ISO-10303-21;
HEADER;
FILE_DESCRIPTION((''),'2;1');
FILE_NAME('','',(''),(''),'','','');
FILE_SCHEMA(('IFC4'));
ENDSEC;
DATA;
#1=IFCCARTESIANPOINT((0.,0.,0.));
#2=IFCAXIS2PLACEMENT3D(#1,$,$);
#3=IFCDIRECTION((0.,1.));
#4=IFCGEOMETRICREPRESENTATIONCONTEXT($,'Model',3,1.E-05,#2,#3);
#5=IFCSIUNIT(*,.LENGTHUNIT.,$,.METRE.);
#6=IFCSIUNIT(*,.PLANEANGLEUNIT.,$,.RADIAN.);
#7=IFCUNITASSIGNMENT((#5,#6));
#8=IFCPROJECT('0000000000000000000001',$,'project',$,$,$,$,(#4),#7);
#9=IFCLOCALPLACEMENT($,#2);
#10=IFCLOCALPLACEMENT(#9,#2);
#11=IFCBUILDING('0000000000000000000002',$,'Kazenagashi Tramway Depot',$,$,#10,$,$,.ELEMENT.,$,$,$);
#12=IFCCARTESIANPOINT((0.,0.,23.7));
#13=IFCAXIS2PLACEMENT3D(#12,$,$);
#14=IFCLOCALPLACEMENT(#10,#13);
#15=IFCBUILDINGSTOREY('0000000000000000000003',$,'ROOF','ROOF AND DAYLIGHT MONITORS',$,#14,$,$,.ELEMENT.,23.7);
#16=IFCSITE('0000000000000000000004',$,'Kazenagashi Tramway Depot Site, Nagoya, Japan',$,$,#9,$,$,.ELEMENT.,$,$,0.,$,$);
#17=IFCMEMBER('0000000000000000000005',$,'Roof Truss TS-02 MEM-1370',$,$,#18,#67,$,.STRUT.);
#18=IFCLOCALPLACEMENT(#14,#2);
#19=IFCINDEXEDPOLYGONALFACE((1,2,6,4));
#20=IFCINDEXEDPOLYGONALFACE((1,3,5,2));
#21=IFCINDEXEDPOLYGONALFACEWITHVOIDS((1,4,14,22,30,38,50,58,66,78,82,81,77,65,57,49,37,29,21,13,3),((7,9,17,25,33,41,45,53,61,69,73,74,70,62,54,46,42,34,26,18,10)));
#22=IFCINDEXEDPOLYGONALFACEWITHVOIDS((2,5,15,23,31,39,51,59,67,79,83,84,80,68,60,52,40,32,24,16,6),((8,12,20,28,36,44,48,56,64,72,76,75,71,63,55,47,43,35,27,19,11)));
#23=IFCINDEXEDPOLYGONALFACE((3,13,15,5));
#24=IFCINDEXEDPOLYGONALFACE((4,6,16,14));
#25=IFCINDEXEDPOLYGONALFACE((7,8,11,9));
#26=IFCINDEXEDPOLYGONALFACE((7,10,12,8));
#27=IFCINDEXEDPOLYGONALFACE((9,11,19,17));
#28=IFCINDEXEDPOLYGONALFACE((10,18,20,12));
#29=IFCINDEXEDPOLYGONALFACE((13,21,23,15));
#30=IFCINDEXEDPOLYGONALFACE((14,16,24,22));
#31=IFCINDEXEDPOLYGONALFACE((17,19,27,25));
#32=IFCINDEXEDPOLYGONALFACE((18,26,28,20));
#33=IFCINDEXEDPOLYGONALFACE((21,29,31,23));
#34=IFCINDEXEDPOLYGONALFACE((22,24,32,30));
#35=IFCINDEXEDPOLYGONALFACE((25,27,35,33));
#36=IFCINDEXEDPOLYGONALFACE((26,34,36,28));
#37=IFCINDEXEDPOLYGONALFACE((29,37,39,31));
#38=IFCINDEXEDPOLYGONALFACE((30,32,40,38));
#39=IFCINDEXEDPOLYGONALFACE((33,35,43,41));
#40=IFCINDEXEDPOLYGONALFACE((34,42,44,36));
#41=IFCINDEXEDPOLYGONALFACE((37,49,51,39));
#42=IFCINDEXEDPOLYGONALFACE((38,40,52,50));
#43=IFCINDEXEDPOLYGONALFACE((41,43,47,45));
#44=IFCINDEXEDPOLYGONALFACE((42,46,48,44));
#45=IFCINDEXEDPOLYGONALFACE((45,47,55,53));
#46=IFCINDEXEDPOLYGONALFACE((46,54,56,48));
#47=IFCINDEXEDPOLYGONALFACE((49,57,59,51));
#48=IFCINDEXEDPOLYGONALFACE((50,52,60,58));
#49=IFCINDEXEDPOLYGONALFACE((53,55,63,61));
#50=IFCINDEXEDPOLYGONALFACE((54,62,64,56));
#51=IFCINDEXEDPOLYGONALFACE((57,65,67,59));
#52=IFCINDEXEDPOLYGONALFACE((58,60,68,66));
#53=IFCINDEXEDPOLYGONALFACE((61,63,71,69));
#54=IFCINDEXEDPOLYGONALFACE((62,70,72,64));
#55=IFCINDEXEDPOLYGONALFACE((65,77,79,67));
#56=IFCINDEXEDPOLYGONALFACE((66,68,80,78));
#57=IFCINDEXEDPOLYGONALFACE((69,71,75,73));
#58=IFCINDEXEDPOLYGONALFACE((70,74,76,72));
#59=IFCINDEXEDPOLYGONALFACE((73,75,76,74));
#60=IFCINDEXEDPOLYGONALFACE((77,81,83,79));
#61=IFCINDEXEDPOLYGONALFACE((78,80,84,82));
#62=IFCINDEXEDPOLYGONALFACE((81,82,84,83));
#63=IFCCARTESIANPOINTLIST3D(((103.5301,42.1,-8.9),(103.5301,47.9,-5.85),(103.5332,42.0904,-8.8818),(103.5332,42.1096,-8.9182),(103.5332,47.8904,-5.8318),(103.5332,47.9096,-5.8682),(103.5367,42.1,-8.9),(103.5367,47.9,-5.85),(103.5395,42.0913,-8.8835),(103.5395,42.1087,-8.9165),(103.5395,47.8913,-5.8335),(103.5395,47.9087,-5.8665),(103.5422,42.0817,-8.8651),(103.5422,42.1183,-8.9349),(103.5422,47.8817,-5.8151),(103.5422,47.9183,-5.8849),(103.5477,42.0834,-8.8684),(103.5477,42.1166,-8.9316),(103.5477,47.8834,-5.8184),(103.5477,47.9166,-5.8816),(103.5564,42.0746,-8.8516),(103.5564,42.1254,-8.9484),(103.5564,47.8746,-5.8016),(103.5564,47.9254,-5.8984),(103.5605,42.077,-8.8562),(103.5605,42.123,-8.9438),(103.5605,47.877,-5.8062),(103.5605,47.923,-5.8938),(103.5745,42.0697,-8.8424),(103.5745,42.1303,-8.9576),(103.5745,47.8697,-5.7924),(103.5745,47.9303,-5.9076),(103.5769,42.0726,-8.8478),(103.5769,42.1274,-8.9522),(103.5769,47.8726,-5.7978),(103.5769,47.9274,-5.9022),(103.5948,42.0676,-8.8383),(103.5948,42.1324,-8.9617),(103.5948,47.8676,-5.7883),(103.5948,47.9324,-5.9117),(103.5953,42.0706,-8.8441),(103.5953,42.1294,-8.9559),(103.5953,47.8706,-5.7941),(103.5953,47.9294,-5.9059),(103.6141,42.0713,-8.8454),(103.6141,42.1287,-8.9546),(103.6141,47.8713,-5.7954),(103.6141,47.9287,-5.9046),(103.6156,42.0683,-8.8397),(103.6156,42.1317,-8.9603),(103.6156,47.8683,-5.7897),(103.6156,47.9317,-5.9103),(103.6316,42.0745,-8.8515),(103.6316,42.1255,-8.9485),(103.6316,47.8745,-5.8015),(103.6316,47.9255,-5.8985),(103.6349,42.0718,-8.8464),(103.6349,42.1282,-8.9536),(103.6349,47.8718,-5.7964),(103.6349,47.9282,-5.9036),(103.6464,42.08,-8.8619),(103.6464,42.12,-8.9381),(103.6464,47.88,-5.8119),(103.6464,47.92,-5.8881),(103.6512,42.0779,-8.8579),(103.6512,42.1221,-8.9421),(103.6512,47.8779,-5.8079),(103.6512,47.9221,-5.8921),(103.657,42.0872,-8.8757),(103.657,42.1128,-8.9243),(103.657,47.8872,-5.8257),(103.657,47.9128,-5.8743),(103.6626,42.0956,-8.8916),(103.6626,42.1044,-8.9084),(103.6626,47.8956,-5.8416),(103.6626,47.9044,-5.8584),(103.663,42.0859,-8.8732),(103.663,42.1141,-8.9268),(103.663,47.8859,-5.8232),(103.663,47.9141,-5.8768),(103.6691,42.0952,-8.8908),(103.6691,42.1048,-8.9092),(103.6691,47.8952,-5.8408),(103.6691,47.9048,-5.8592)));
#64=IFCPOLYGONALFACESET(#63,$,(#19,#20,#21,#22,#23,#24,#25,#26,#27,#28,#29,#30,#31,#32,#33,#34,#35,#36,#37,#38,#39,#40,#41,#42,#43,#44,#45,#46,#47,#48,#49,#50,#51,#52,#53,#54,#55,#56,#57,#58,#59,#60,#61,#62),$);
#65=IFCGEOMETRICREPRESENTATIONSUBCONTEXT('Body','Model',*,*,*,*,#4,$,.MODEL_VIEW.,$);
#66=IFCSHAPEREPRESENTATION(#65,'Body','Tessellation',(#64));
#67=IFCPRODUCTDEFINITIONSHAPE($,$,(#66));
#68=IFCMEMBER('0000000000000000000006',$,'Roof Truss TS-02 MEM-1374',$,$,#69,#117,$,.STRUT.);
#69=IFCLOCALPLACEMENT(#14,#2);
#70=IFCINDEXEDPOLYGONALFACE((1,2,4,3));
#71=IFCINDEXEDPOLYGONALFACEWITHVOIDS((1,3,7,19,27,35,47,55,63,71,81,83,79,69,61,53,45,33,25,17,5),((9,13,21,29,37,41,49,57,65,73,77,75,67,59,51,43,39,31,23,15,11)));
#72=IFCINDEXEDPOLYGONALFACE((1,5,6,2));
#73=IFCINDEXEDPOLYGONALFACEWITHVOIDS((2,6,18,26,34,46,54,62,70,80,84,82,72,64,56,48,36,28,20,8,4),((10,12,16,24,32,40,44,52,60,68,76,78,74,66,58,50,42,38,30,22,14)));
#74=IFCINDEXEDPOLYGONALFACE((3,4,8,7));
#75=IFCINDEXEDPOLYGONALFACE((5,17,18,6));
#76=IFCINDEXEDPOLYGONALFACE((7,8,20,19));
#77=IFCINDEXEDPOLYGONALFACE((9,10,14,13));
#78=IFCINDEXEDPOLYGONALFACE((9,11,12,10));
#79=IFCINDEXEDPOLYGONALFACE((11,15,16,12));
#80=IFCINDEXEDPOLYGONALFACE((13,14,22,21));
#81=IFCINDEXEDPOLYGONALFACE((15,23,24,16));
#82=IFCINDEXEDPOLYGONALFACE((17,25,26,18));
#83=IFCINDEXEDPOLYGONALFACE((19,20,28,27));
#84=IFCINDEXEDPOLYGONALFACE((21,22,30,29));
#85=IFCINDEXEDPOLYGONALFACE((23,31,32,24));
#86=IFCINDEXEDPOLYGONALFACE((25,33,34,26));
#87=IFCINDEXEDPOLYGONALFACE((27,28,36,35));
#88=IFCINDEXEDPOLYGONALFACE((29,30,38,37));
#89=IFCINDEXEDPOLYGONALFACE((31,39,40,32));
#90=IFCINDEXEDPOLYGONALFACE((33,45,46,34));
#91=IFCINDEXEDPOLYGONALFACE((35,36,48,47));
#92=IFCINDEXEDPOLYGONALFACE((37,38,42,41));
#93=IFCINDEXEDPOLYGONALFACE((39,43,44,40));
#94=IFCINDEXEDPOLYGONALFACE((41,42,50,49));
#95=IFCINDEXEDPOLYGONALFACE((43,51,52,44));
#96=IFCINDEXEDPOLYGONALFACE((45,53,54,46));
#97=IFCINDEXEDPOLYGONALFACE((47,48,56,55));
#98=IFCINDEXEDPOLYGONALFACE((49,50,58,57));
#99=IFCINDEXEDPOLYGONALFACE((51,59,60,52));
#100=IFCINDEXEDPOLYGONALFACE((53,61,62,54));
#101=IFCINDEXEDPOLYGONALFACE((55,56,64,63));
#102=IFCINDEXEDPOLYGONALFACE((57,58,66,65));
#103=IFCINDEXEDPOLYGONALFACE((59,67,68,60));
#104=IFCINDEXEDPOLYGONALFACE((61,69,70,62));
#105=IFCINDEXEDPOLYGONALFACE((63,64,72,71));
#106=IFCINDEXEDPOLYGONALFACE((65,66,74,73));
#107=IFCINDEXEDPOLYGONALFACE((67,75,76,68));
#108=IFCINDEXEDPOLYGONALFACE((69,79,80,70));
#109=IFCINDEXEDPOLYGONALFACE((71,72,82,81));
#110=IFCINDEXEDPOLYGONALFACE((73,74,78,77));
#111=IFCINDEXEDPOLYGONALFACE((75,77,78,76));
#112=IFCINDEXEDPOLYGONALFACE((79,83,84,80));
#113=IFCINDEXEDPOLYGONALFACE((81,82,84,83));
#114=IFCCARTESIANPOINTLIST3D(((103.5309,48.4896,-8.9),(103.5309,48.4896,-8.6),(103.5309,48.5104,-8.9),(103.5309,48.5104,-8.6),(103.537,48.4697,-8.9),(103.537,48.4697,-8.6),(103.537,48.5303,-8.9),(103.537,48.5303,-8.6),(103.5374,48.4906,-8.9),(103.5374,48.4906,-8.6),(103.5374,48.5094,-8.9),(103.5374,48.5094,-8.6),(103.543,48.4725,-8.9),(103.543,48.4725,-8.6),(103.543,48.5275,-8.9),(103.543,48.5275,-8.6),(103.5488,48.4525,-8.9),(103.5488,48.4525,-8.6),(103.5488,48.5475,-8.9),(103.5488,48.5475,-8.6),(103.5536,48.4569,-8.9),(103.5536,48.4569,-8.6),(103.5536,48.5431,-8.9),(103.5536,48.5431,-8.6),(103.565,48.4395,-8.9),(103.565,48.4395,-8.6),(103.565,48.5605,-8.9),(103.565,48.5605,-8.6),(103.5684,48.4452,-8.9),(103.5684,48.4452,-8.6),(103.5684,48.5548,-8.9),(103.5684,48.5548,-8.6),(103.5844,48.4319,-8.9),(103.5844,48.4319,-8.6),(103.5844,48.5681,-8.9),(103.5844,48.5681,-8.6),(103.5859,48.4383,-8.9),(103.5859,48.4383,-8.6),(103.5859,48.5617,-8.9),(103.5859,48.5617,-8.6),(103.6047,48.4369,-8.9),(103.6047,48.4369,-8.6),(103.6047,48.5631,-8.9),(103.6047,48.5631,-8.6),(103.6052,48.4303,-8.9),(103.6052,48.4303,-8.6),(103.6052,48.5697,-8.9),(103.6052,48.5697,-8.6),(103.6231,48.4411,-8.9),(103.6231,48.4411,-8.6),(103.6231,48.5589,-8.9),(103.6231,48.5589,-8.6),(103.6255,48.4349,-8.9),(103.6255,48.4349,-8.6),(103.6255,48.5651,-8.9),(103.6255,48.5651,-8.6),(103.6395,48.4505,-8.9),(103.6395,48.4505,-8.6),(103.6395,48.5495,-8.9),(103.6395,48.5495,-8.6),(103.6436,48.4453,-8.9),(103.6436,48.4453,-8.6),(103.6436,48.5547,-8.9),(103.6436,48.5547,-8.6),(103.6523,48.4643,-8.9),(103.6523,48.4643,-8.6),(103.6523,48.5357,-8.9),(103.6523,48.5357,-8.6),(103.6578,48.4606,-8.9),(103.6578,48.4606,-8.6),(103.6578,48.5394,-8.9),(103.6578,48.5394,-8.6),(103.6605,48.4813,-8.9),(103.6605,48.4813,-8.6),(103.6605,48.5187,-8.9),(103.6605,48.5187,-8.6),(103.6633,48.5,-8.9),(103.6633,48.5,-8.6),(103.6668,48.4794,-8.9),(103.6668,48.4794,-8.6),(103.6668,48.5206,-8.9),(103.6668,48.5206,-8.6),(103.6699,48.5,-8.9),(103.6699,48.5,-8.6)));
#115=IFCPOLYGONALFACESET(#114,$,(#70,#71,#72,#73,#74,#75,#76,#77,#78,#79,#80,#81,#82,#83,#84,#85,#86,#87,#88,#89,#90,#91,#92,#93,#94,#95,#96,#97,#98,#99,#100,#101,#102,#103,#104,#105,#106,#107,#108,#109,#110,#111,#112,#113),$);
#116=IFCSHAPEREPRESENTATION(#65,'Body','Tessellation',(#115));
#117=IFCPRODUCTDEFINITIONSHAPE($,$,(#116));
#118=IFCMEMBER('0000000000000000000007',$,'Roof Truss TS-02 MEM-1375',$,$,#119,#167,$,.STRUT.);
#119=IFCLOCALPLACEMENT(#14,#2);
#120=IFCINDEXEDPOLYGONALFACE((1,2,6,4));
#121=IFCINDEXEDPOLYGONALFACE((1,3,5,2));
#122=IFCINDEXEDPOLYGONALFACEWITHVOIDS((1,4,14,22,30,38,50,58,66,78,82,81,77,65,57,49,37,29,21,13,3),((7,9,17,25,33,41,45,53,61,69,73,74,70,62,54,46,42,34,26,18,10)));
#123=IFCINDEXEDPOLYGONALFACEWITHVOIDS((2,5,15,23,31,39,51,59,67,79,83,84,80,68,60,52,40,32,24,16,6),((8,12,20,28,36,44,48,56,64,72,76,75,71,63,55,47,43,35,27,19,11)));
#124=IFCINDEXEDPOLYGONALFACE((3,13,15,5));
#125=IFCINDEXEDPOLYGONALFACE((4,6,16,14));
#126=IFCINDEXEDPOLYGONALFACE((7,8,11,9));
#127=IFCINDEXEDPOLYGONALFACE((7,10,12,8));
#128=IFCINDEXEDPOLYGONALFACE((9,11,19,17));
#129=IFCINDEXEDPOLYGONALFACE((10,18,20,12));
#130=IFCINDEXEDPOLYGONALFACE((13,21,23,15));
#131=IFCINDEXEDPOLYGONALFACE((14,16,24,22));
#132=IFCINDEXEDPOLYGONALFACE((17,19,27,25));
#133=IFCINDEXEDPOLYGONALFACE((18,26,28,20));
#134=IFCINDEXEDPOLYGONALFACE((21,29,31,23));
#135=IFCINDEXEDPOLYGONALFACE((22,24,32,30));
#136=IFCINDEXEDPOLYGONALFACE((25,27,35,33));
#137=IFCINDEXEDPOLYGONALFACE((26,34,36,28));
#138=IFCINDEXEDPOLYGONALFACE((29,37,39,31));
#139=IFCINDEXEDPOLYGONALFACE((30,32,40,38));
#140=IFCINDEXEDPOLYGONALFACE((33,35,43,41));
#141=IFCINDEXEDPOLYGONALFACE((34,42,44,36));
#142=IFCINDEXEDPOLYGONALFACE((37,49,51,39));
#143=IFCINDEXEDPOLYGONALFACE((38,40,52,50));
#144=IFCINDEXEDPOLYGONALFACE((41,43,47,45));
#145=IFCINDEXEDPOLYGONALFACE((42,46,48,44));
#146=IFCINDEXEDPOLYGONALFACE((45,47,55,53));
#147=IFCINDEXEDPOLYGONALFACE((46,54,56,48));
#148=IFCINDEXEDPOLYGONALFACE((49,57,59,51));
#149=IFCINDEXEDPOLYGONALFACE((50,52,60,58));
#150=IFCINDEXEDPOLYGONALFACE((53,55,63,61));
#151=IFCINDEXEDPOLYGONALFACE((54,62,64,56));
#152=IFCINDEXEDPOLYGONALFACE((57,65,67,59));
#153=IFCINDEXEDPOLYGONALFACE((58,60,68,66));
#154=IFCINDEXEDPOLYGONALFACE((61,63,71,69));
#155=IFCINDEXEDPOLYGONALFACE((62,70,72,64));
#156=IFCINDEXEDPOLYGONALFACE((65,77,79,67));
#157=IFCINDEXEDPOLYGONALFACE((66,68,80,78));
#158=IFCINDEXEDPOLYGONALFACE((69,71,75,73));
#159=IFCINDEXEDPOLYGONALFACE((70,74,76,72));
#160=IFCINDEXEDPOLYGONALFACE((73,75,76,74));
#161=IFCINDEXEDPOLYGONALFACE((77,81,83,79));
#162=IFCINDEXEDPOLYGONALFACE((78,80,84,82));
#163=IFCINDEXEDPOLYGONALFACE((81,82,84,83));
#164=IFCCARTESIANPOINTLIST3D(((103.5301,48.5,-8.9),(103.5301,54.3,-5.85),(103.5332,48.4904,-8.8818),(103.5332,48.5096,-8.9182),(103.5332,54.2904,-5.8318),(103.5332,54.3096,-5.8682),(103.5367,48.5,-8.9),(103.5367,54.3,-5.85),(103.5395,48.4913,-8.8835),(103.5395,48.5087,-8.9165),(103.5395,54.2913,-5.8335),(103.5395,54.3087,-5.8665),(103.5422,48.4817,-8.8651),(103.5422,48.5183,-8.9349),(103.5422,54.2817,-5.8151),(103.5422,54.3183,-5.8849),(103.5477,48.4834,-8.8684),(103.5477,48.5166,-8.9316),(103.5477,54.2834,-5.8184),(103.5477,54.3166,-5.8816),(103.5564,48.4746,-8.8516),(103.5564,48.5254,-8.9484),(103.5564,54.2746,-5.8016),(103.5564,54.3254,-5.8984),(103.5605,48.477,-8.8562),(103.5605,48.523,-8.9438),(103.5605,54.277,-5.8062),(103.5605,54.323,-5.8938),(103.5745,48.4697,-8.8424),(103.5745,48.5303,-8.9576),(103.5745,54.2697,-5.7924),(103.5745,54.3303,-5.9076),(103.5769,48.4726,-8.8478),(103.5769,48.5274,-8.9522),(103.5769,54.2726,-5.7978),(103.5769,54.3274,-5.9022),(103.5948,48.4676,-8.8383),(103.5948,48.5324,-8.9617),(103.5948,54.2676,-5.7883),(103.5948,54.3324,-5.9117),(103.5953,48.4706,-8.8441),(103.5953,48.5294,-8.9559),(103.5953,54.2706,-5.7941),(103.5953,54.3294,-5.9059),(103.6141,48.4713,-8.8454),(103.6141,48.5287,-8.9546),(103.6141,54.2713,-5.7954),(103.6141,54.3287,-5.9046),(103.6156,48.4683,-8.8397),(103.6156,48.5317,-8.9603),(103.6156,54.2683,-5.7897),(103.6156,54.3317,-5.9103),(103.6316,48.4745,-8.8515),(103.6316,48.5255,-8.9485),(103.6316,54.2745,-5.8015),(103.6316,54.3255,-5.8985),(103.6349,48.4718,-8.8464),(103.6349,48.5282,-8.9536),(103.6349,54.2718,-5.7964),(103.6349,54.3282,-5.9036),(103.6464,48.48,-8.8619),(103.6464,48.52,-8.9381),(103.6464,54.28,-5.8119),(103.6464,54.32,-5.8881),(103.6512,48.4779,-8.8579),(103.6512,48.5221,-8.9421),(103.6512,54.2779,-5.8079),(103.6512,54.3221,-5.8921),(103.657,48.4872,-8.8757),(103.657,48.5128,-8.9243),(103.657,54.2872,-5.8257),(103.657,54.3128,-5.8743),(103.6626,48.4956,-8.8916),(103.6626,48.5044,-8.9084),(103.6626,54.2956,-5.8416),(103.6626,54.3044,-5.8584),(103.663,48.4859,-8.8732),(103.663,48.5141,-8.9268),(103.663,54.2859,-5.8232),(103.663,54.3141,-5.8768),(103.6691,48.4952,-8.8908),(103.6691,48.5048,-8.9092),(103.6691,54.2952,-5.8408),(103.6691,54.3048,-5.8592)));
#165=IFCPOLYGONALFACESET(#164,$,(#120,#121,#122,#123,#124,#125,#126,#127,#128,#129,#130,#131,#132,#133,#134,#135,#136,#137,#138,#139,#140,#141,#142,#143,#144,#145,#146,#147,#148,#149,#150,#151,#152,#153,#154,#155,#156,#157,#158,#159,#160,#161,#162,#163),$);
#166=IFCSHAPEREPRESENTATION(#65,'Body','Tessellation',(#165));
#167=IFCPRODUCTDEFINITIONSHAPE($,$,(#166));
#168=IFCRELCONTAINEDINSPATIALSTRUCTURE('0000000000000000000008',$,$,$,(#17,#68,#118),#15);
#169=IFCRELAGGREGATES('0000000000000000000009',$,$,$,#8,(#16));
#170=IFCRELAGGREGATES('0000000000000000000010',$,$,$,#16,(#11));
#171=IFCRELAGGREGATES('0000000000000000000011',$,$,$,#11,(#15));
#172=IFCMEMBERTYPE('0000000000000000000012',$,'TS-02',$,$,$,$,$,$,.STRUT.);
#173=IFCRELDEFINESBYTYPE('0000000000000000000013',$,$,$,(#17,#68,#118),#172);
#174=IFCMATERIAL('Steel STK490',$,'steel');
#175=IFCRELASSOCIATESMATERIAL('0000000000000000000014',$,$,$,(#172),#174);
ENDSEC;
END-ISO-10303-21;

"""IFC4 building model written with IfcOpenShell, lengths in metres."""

from ifc_helpers import new_model, si_unit, direction, frame, origin, origin_2d, place, context, subcontext, project, spatial, hollow_circle, extrude, material, material_profile, profile_set, type_object, element, save


model = new_model("IFC4")

# Units and contexts
model_context = context("Model", 3, precision=1e-05, world=origin(), true_north=direction((0.0, 1.0)))
body_context = subcontext(model_context, "Body", "Model", "MODEL_VIEW")
ifc_project = project(units=[si_unit("LENGTHUNIT", "METRE"), si_unit("PLANEANGLEUNIT", "RADIAN")], contexts=[model_context])

# Site, building, storey
site_placement = place(None, origin())
site = spatial("IfcSite", under=ifc_project, at=site_placement, Name="Kazenagashi Tramway Depot Site, Nagoya, Japan", CompositionType="ELEMENT", RefElevation=0.0)
building_placement = place(site_placement, origin())
building = spatial("IfcBuilding", under=site, at=building_placement, Name="Kazenagashi Tramway Depot", CompositionType="ELEMENT")
storey_placement = place(building_placement, frame((0.0, 0.0, 23.7)))
storey = spatial("IfcBuildingStorey", under=building, at=storey_placement, Name="ROOF", Description="ROOF AND DAYLIGHT MONITORS", CompositionType="ELEMENT", Elevation=23.7)

# Members
ifc_material_1 = material(Name="Steel STK490", Category="steel")
ifc_material_profile_1 = material_profile(ifc_material_1, hollow_circle(Radius=0.0699, WallThickness=0.0066, at=origin_2d()), Name="CHS-139.8x6.6")
ifc_profile_set_1 = profile_set([ifc_material_profile_1], Name="Steel STK490")
member_type_1 = type_object("IfcMemberType", Name="TS-02", PredefinedType="STRUT", material=ifc_profile_set_1)
member_1_placement = place(storey_placement, frame((103.6, 42.1, -8.9), z_axis=(0.0, 0.885084, 0.465432), x_axis=(-1.0, 0.0, 0.0)))
element("IfcMember", 1, at=member_1_placement, inside=storey, type_object=member_type_1, Name="Roof Truss TS-02 MEM-1370", PredefinedType="STRUT", context=body_context, shape_type="SweptSolid", body=[
    extrude(hollow_circle(Radius=0.0699, WallThickness=0.0066, at=origin_2d()), origin(), (0.0, 0.0, 1.0), 6.5531),
])
member_2_placement = place(storey_placement, frame((103.6, 48.5, -8.9), z_axis=(0.0, 0.0, 1.0), x_axis=(1.0, 0.0, 0.0)))
element("IfcMember", 2, at=member_2_placement, inside=storey, type_object=member_type_1, Name="Roof Truss TS-02 MEM-1374", PredefinedType="STRUT", context=body_context, shape_type="SweptSolid", body=[
    extrude(hollow_circle(Radius=0.0699, WallThickness=0.0066, at=origin_2d()), origin(), (0.0, 0.0, 1.0), 0.3),
])
member_3_placement = place(storey_placement, frame((103.6, 48.5, -8.9), z_axis=(0.0, 0.885084, 0.465432), x_axis=(-1.0, 0.0, 0.0)))
element("IfcMember", 3, at=member_3_placement, inside=storey, type_object=member_type_1, Name="Roof Truss TS-02 MEM-1375", PredefinedType="STRUT", context=body_context, shape_type="SweptSolid", body=[
    extrude(hollow_circle(Radius=0.0699, WallThickness=0.0066, at=origin_2d()), origin(), (0.0, 0.0, 1.0), 6.5531),
])

save(model, "model.ifc")
